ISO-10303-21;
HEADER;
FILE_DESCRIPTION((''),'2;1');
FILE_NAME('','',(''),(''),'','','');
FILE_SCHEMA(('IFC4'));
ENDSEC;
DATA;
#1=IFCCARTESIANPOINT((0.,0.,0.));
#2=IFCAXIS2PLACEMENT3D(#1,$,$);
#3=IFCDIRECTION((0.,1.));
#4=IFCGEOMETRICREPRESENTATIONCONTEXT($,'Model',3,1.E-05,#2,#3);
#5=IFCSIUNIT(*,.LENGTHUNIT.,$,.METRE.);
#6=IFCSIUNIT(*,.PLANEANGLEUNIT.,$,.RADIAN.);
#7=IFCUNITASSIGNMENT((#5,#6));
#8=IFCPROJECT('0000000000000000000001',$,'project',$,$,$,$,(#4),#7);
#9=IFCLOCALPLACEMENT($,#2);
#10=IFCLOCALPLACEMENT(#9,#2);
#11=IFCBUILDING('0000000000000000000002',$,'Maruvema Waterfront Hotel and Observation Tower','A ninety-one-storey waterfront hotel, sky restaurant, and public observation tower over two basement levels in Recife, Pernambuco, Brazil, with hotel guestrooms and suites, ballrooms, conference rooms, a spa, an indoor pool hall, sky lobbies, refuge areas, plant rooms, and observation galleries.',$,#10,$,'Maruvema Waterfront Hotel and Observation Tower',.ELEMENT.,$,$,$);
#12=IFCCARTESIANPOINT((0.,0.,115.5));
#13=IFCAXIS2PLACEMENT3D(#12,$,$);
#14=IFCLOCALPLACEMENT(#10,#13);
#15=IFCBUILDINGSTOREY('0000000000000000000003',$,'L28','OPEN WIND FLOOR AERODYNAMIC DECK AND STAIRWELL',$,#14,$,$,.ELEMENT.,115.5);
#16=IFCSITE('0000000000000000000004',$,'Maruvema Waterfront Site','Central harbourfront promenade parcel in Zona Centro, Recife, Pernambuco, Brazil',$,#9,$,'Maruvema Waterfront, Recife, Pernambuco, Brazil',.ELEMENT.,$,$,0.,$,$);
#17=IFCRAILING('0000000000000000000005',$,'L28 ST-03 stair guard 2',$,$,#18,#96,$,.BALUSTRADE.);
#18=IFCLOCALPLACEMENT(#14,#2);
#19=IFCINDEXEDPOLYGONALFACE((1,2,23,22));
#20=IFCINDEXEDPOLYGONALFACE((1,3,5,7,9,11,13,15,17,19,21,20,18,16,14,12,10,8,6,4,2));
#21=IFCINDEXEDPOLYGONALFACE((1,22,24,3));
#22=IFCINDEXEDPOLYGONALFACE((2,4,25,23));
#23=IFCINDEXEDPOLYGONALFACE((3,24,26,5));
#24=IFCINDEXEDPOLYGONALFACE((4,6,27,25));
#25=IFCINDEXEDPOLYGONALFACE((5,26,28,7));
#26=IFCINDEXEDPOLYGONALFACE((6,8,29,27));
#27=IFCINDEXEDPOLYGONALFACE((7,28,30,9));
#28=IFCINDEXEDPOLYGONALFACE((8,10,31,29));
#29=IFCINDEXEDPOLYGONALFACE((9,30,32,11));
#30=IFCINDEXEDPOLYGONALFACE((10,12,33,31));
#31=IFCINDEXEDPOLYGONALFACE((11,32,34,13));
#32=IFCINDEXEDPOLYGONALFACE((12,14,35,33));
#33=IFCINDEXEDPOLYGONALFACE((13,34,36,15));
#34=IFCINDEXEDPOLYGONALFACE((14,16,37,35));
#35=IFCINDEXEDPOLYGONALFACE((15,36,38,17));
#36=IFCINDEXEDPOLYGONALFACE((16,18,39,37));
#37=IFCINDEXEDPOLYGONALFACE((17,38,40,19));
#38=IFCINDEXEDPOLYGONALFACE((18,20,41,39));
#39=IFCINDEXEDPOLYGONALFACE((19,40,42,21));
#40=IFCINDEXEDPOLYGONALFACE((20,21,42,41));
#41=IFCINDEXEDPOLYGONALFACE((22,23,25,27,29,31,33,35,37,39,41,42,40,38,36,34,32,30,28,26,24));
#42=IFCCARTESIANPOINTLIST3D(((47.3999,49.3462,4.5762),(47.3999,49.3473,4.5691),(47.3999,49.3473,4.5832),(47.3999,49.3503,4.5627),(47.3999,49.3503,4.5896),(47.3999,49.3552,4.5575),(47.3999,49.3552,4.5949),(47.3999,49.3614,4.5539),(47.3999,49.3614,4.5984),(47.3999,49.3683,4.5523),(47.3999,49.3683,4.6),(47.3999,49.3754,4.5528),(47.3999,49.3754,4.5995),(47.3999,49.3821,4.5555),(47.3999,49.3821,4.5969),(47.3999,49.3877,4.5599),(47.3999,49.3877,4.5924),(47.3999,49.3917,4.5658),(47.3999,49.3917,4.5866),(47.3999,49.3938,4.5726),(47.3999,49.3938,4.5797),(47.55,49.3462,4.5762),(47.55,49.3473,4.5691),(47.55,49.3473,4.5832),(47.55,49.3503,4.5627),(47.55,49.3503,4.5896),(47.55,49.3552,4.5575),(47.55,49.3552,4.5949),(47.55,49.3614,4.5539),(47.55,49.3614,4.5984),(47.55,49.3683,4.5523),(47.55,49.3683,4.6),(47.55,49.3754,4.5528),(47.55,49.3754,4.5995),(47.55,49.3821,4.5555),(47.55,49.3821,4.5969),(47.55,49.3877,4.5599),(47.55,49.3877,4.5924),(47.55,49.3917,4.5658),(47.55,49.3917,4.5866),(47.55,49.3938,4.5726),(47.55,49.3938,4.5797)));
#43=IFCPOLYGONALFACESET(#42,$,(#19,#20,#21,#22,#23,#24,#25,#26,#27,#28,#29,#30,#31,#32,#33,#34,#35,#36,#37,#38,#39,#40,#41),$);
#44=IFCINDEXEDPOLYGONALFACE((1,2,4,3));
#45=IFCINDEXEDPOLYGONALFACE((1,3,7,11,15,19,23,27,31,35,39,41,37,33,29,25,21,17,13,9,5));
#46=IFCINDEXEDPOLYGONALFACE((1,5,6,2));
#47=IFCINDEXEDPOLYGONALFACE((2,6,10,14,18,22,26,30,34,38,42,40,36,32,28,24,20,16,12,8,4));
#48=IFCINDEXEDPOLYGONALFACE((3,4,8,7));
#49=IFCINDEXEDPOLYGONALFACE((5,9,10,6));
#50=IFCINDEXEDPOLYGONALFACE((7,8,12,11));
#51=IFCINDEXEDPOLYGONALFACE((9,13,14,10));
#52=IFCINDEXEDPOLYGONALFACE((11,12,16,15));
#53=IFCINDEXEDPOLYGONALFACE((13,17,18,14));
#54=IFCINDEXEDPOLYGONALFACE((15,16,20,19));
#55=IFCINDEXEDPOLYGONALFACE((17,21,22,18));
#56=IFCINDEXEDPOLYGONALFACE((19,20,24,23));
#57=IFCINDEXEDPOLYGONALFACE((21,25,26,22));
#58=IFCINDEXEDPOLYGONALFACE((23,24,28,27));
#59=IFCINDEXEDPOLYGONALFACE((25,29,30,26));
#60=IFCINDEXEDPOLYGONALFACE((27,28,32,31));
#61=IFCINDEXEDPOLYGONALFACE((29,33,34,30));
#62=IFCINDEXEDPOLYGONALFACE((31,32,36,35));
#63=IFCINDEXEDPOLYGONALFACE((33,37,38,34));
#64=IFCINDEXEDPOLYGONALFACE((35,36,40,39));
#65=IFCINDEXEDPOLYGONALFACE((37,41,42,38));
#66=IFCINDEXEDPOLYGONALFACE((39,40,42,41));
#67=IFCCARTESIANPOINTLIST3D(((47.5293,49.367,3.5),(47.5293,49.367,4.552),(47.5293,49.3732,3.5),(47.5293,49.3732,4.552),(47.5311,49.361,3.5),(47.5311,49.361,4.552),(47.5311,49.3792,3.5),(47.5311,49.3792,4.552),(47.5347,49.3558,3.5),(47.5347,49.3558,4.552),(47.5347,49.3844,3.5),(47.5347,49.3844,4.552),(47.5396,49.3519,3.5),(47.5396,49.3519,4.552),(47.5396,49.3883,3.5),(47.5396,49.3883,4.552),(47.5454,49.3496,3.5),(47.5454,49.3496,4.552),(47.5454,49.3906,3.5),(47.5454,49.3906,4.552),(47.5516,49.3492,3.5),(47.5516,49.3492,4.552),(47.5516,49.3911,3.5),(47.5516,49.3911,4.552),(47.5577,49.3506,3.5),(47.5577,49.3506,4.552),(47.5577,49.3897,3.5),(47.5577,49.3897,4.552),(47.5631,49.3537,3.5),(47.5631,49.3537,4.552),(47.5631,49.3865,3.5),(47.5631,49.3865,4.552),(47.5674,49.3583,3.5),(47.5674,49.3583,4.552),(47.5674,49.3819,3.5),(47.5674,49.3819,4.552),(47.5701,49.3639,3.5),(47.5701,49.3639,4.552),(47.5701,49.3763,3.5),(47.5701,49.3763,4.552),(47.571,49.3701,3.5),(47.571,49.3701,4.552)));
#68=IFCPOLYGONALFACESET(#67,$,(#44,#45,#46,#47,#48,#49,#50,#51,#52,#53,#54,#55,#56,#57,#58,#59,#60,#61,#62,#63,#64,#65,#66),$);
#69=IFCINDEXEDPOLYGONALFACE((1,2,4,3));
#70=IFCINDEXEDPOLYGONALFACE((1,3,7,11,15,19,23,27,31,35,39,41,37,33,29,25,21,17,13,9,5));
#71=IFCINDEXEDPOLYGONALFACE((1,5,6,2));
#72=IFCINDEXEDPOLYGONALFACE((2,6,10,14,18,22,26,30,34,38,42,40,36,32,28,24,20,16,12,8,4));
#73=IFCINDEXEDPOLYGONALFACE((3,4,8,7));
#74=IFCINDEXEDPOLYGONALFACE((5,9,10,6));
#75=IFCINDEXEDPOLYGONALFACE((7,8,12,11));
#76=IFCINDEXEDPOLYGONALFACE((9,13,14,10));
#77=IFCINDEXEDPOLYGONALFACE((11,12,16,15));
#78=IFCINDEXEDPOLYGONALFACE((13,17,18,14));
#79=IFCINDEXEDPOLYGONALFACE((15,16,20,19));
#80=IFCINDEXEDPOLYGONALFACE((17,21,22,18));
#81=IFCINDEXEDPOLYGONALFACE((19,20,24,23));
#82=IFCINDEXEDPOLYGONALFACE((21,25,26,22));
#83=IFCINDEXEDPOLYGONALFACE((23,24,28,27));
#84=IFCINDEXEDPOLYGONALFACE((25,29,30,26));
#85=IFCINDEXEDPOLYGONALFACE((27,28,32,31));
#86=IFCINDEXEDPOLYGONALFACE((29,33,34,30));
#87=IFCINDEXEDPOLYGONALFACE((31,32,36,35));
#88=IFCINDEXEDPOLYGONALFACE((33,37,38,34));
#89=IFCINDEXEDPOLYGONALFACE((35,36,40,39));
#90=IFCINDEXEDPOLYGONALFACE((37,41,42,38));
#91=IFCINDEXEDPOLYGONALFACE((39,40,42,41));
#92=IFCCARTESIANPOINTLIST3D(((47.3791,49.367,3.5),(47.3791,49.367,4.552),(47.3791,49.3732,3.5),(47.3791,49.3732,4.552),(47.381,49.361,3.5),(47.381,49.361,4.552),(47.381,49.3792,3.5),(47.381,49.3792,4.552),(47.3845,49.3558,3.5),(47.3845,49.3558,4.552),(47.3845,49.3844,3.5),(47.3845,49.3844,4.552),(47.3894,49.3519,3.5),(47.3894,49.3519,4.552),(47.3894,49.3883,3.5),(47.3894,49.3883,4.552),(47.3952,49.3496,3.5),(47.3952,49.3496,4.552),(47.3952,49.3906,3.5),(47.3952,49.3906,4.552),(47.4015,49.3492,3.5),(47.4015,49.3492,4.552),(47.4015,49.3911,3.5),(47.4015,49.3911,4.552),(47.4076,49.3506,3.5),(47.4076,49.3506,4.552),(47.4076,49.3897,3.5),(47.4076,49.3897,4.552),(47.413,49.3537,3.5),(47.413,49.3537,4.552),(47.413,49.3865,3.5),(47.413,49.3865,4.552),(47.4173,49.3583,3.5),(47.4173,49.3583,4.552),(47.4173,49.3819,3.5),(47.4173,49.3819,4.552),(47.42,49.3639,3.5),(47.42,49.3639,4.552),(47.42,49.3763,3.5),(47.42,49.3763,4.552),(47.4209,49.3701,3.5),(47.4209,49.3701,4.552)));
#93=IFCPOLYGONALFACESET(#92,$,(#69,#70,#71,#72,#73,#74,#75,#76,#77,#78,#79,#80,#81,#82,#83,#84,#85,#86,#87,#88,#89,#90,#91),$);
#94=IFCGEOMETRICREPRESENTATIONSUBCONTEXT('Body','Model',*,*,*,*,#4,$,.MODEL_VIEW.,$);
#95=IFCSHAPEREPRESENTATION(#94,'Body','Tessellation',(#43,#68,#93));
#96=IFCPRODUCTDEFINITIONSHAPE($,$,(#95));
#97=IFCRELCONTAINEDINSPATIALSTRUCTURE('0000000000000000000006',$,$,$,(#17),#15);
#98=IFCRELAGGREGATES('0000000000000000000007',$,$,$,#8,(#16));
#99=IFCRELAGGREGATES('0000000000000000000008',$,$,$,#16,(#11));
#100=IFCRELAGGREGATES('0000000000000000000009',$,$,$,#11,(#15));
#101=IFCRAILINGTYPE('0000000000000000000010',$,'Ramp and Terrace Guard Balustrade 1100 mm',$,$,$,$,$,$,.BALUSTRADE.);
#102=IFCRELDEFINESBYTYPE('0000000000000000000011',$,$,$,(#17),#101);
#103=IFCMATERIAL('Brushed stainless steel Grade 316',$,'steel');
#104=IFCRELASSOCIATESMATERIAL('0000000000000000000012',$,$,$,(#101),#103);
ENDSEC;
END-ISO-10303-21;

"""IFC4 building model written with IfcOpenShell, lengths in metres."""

from ifc_helpers import new_model, si_unit, direction, frame, origin, origin_2d, place, context, subcontext, project, spatial, circle, extrude, material, type_object, element, save


model = new_model("IFC4")

# Units and contexts
model_context = context("Model", 3, precision=1e-05, world=origin(), true_north=direction((0.0, 1.0)))
body_context = subcontext(model_context, "Body", "Model", "MODEL_VIEW")
ifc_project = project(units=[si_unit("LENGTHUNIT", "METRE"), si_unit("PLANEANGLEUNIT", "RADIAN")], contexts=[model_context])

# Site, building, storey
site_placement = place(None, origin())
site = spatial("IfcSite", under=ifc_project, at=site_placement, Name="Maruvema Waterfront Site", Description="Central harbourfront promenade parcel in Zona Centro, Recife, Pernambuco, Brazil", LongName="Maruvema Waterfront, Recife, Pernambuco, Brazil", CompositionType="ELEMENT", RefElevation=0.0)
building_placement = place(site_placement, origin())
building = spatial("IfcBuilding", under=site, at=building_placement, Name="Maruvema Waterfront Hotel and Observation Tower", Description="A ninety-one-storey waterfront hotel, sky restaurant, and public observation tower over two basement levels in Recife, Pernambuco, Brazil, with hotel guestrooms and suites, ballrooms, conference rooms, a spa, an indoor pool hall, sky lobbies, refuge areas, plant rooms, and observation galleries.", LongName="Maruvema Waterfront Hotel and Observation Tower", CompositionType="ELEMENT")
storey_placement = place(building_placement, frame((0.0, 0.0, 115.5)))
storey = spatial("IfcBuildingStorey", under=building, at=storey_placement, Name="L28", Description="OPEN WIND FLOOR AERODYNAMIC DECK AND STAIRWELL", CompositionType="ELEMENT", Elevation=115.5)

# Railing
ifc_material_1 = material(Name="Brushed stainless steel Grade 316", Category="steel")
railing_type_1 = type_object("IfcRailingType", Name="Ramp and Terrace Guard Balustrade 1100 mm", PredefinedType="BALUSTRADE", material=ifc_material_1)
railing_1_placement = place(storey_placement, frame((47.55, 49.3701, 3.5)))
element("IfcRailing", 1, at=railing_1_placement, inside=storey, type_object=railing_type_1, Name="L28 ST-03 stair guard 2", PredefinedType="BALUSTRADE", context=body_context, shape_type="SweptSolid", body=[
    extrude(circle(Radius=0.0239, at=origin_2d()), frame((0.0, 0.0, 1.0762), z_axis=(-1.0, 0.0, 0.0), x_axis=(0.0, -1.0, 0.0)), (0.0, 0.0, 1.0), 0.1501),
    extrude(circle(Radius=0.021, at=origin_2d()), origin(), (0.0, 0.0, 1.0), 1.052),
    extrude(circle(Radius=0.021, at=origin_2d()), frame((-0.1501, 0.0, 0.0)), (0.0, 0.0, 1.0), 1.052),
])

save(model, "model.ifc")
